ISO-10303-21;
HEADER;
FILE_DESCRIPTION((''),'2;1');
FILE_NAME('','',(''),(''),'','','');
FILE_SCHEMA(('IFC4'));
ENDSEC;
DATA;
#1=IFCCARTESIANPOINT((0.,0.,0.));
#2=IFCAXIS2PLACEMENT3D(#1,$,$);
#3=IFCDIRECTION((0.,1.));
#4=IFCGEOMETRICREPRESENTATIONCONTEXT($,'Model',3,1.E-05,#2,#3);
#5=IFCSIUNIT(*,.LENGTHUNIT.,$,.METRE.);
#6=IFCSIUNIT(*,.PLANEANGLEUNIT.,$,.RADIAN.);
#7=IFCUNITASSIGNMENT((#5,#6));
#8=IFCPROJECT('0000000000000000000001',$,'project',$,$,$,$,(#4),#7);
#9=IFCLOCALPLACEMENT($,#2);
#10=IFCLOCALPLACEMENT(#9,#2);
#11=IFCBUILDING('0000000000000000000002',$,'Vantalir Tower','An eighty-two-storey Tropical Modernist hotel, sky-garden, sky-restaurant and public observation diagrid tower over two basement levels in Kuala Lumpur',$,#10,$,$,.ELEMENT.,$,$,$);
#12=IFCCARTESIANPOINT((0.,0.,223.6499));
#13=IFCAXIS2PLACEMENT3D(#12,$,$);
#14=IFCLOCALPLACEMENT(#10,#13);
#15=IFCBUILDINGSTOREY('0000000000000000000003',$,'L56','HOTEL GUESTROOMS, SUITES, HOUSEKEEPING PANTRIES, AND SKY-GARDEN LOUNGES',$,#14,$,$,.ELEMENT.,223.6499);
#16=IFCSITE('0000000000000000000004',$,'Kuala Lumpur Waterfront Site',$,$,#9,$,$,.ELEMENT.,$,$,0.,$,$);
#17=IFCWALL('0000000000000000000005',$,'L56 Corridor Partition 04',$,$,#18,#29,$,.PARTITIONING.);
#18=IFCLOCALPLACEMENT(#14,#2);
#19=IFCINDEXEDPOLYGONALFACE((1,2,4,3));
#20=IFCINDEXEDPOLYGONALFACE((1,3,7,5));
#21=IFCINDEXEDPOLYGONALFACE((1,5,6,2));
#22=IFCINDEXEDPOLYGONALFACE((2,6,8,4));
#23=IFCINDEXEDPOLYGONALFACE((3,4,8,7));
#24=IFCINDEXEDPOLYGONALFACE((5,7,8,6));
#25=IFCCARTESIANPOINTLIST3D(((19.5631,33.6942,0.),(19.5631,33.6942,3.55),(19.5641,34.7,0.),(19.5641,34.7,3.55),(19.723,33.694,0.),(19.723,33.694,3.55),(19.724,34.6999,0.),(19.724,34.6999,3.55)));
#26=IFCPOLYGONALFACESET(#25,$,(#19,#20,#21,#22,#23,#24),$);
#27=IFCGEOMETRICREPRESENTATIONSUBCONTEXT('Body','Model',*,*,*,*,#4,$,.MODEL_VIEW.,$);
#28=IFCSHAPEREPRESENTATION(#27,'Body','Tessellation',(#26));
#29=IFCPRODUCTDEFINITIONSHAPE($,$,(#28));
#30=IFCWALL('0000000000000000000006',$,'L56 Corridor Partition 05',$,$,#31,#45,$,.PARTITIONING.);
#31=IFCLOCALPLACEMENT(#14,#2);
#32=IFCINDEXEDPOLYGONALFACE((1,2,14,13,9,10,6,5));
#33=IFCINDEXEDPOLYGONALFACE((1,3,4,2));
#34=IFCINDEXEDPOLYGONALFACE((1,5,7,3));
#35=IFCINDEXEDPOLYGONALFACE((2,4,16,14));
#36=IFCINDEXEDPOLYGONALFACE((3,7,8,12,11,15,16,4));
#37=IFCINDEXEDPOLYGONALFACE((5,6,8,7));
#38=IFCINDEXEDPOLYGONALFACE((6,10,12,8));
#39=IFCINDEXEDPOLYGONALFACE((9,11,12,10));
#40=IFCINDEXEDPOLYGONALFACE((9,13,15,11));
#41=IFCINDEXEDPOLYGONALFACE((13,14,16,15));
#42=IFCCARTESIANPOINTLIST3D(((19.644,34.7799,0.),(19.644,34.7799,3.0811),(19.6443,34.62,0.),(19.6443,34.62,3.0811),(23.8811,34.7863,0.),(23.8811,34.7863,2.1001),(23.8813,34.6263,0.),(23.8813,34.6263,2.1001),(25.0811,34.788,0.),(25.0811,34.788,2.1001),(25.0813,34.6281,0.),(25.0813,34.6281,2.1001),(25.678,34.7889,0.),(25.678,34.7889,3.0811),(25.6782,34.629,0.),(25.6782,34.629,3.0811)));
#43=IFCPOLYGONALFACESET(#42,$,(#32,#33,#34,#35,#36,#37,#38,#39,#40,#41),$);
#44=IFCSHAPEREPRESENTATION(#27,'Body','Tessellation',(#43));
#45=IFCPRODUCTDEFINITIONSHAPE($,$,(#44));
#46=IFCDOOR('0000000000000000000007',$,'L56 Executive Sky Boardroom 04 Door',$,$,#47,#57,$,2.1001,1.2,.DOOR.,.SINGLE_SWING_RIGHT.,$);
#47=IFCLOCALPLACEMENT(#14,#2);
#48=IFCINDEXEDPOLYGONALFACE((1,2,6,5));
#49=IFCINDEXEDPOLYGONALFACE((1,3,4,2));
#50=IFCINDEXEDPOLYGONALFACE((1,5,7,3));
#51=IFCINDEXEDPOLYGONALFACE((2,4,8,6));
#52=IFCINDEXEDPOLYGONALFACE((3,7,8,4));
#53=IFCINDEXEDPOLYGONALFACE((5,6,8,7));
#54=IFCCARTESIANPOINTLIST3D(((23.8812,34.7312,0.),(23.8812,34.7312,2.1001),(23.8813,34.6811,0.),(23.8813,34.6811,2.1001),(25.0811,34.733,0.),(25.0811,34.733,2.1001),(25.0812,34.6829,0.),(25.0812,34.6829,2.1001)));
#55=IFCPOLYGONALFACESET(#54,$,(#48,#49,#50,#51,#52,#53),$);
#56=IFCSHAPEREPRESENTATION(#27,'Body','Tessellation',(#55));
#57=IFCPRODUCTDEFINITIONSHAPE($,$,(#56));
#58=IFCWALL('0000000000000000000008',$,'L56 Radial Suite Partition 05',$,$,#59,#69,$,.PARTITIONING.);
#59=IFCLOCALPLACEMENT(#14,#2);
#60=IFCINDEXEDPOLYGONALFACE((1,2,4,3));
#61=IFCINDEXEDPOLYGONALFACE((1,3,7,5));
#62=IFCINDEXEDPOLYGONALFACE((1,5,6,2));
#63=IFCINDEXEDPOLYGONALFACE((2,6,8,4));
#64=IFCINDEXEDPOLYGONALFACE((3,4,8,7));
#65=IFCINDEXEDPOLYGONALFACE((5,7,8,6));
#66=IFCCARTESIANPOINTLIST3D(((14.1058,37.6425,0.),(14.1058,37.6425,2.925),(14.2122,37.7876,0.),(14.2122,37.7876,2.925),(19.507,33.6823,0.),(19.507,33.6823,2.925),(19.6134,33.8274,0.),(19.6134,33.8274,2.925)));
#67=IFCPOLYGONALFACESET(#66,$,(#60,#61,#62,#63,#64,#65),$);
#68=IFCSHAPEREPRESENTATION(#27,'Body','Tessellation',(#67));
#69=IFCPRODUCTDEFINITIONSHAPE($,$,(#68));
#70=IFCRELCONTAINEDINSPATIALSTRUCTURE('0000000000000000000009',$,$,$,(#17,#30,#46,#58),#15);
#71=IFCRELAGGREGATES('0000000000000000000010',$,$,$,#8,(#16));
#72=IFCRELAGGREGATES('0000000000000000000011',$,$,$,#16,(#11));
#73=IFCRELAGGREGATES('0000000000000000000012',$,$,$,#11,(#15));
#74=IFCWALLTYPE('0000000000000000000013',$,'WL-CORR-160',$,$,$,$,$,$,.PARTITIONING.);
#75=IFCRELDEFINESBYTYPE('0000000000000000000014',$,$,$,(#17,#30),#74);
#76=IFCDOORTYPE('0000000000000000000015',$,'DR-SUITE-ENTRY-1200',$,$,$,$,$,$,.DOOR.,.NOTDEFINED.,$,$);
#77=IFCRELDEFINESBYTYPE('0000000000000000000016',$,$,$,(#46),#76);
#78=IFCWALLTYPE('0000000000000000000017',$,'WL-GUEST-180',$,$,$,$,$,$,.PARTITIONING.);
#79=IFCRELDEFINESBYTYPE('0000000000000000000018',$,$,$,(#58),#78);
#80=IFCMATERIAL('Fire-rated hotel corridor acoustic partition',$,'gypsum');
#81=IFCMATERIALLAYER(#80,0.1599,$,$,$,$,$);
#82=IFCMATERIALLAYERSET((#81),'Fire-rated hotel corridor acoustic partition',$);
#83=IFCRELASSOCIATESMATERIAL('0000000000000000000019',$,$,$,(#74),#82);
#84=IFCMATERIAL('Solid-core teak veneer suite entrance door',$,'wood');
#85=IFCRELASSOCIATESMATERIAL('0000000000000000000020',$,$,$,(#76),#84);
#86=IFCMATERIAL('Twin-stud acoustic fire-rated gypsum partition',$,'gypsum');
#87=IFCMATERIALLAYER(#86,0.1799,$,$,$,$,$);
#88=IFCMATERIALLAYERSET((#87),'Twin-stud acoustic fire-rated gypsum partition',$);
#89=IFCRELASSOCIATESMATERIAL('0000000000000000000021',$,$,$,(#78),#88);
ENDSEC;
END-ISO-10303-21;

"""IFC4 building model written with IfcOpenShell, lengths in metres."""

from ifc_helpers import new_model, si_unit, direction, frame, frame_2d, origin, place, context, subcontext, project, spatial, rectangle, extrude, material, layer, layer_set, type_object, element, fill, save


model = new_model("IFC4")

# Units and contexts
model_context = context("Model", 3, precision=1e-05, world=origin(), true_north=direction((0.0, 1.0)))
body_context = subcontext(model_context, "Body", "Model", "MODEL_VIEW")
ifc_project = project(units=[si_unit("LENGTHUNIT", "METRE"), si_unit("PLANEANGLEUNIT", "RADIAN")], contexts=[model_context])

# Site, building, storey
site_placement = place(None, origin())
site = spatial("IfcSite", under=ifc_project, at=site_placement, Name="Kuala Lumpur Waterfront Site", CompositionType="ELEMENT", RefElevation=0.0)
building_placement = place(site_placement, origin())
building = spatial("IfcBuilding", under=site, at=building_placement, Name="Vantalir Tower", Description="An eighty-two-storey Tropical Modernist hotel, sky-garden, sky-restaurant and public observation diagrid tower over two basement levels in Kuala Lumpur", CompositionType="ELEMENT")
storey_placement = place(building_placement, frame((0.0, 0.0, 223.6499)))
storey = spatial("IfcBuildingStorey", under=building, at=storey_placement, Name="L56", Description="HOTEL GUESTROOMS, SUITES, HOUSEKEEPING PANTRIES, AND SKY-GARDEN LOUNGES", CompositionType="ELEMENT", Elevation=223.6499)

# Wall
ifc_material_1 = material(Name="Fire-rated hotel corridor acoustic partition", Category="gypsum")
ifc_layer_1 = layer(ifc_material_1, 0.1599)
ifc_layer_set_1 = layer_set([ifc_layer_1], Name="Fire-rated hotel corridor acoustic partition")
wall_type_1 = type_object("IfcWallType", Name="WL-CORR-160", PredefinedType="PARTITIONING", material=ifc_layer_set_1)
wall_1_placement = place(storey_placement, frame((19.6431, 33.6941, 0.0), z_axis=(0.0, 0.0, 1.0), x_axis=(0.000971, 1.0, 0.0)))
element("IfcWall", 1, at=wall_1_placement, inside=storey, type_object=wall_type_1, Name="L56 Corridor Partition 04", PredefinedType="PARTITIONING", context=body_context, shape_type="SweptSolid", body=[
    extrude(rectangle(XDim=1.0059, YDim=0.1599, at=frame_2d((0.5029, 0.0))), origin(), (0.0, 0.0, 1.0), 3.55),
])

# Wall, opening, door
wall_2_placement = place(storey_placement, frame((19.644, 34.7, 0.0), z_axis=(0.0, 0.0, 1.0), x_axis=(0.999999, 0.001497, 0.0)))
wall_2 = element("IfcWall", 2, at=wall_2_placement, inside=storey, type_object=wall_type_1, Name="L56 Corridor Partition 05", PredefinedType="PARTITIONING", context=body_context, shape_type="SweptSolid", body=[
    extrude(rectangle(XDim=6.0339, YDim=0.1599, at=frame_2d((3.0171, 0.0))), origin(), (0.0, 0.0, 1.0), 3.0811),
])
opening_placement = place(wall_2_placement, frame((4.2371, 0.0, 0.0)))
opening = element("IfcOpeningElement", 3, at=opening_placement, cuts=wall_2, PredefinedType="OPENING", context=body_context, shape_type="SweptSolid", body=[
    extrude(rectangle(XDim=1.2, YDim=2.1001, at=frame_2d((0.6001, 1.05))), frame((0.0, 0.0898, 0.0), z_axis=(0.0, -1.0, 0.0), x_axis=(1.0, 0.0, 0.0)), (0.0, 0.0, 1.0), 0.1799),
])
ifc_material_2 = material(Name="Solid-core teak veneer suite entrance door", Category="wood")
door_type = type_object("IfcDoorType", Name="DR-SUITE-ENTRY-1200", OperationType="NOTDEFINED", PredefinedType="DOOR", material=ifc_material_2)
door_placement = place(opening_placement, origin())
door = element("IfcDoor", 4, at=door_placement, inside=storey, type_object=door_type, Name="L56 Executive Sky Boardroom 04 Door", OperationType="SINGLE_SWING_RIGHT", OverallHeight=2.1001, OverallWidth=1.2, PredefinedType="DOOR", context=body_context, shape_type="SweptSolid", body=[
    extrude(rectangle(XDim=1.2, YDim=2.1001, at=frame_2d((0.6001, 1.05))), frame((0.0, 0.0249, 0.0), z_axis=(0.0, -1.0, 0.0), x_axis=(1.0, 0.0, 0.0)), (0.0, 0.0, 1.0), 0.05),
])
fill(opening, door)

# Wall
ifc_material_3 = material(Name="Twin-stud acoustic fire-rated gypsum partition", Category="gypsum")
ifc_layer_2 = layer(ifc_material_3, 0.1799)
ifc_layer_set_2 = layer_set([ifc_layer_2], Name="Twin-stud acoustic fire-rated gypsum partition")
wall_type_2 = type_object("IfcWallType", Name="WL-GUEST-180", PredefinedType="PARTITIONING", material=ifc_layer_set_2)
wall_3_placement = place(storey_placement, frame((19.5601, 33.7549, 0.0), z_axis=(0.0, 0.0, 1.0), x_axis=(-0.806449, 0.591304, 0.0)))
element("IfcWall", 5, at=wall_3_placement, inside=storey, type_object=wall_type_2, Name="L56 Radial Suite Partition 05", PredefinedType="PARTITIONING", context=body_context, shape_type="SweptSolid", body=[
    extrude(rectangle(XDim=6.6975, YDim=0.1799, at=frame_2d((3.3486, 0.0))), origin(), (0.0, 0.0, 1.0), 2.925),
])

save(model, "model.ifc")
